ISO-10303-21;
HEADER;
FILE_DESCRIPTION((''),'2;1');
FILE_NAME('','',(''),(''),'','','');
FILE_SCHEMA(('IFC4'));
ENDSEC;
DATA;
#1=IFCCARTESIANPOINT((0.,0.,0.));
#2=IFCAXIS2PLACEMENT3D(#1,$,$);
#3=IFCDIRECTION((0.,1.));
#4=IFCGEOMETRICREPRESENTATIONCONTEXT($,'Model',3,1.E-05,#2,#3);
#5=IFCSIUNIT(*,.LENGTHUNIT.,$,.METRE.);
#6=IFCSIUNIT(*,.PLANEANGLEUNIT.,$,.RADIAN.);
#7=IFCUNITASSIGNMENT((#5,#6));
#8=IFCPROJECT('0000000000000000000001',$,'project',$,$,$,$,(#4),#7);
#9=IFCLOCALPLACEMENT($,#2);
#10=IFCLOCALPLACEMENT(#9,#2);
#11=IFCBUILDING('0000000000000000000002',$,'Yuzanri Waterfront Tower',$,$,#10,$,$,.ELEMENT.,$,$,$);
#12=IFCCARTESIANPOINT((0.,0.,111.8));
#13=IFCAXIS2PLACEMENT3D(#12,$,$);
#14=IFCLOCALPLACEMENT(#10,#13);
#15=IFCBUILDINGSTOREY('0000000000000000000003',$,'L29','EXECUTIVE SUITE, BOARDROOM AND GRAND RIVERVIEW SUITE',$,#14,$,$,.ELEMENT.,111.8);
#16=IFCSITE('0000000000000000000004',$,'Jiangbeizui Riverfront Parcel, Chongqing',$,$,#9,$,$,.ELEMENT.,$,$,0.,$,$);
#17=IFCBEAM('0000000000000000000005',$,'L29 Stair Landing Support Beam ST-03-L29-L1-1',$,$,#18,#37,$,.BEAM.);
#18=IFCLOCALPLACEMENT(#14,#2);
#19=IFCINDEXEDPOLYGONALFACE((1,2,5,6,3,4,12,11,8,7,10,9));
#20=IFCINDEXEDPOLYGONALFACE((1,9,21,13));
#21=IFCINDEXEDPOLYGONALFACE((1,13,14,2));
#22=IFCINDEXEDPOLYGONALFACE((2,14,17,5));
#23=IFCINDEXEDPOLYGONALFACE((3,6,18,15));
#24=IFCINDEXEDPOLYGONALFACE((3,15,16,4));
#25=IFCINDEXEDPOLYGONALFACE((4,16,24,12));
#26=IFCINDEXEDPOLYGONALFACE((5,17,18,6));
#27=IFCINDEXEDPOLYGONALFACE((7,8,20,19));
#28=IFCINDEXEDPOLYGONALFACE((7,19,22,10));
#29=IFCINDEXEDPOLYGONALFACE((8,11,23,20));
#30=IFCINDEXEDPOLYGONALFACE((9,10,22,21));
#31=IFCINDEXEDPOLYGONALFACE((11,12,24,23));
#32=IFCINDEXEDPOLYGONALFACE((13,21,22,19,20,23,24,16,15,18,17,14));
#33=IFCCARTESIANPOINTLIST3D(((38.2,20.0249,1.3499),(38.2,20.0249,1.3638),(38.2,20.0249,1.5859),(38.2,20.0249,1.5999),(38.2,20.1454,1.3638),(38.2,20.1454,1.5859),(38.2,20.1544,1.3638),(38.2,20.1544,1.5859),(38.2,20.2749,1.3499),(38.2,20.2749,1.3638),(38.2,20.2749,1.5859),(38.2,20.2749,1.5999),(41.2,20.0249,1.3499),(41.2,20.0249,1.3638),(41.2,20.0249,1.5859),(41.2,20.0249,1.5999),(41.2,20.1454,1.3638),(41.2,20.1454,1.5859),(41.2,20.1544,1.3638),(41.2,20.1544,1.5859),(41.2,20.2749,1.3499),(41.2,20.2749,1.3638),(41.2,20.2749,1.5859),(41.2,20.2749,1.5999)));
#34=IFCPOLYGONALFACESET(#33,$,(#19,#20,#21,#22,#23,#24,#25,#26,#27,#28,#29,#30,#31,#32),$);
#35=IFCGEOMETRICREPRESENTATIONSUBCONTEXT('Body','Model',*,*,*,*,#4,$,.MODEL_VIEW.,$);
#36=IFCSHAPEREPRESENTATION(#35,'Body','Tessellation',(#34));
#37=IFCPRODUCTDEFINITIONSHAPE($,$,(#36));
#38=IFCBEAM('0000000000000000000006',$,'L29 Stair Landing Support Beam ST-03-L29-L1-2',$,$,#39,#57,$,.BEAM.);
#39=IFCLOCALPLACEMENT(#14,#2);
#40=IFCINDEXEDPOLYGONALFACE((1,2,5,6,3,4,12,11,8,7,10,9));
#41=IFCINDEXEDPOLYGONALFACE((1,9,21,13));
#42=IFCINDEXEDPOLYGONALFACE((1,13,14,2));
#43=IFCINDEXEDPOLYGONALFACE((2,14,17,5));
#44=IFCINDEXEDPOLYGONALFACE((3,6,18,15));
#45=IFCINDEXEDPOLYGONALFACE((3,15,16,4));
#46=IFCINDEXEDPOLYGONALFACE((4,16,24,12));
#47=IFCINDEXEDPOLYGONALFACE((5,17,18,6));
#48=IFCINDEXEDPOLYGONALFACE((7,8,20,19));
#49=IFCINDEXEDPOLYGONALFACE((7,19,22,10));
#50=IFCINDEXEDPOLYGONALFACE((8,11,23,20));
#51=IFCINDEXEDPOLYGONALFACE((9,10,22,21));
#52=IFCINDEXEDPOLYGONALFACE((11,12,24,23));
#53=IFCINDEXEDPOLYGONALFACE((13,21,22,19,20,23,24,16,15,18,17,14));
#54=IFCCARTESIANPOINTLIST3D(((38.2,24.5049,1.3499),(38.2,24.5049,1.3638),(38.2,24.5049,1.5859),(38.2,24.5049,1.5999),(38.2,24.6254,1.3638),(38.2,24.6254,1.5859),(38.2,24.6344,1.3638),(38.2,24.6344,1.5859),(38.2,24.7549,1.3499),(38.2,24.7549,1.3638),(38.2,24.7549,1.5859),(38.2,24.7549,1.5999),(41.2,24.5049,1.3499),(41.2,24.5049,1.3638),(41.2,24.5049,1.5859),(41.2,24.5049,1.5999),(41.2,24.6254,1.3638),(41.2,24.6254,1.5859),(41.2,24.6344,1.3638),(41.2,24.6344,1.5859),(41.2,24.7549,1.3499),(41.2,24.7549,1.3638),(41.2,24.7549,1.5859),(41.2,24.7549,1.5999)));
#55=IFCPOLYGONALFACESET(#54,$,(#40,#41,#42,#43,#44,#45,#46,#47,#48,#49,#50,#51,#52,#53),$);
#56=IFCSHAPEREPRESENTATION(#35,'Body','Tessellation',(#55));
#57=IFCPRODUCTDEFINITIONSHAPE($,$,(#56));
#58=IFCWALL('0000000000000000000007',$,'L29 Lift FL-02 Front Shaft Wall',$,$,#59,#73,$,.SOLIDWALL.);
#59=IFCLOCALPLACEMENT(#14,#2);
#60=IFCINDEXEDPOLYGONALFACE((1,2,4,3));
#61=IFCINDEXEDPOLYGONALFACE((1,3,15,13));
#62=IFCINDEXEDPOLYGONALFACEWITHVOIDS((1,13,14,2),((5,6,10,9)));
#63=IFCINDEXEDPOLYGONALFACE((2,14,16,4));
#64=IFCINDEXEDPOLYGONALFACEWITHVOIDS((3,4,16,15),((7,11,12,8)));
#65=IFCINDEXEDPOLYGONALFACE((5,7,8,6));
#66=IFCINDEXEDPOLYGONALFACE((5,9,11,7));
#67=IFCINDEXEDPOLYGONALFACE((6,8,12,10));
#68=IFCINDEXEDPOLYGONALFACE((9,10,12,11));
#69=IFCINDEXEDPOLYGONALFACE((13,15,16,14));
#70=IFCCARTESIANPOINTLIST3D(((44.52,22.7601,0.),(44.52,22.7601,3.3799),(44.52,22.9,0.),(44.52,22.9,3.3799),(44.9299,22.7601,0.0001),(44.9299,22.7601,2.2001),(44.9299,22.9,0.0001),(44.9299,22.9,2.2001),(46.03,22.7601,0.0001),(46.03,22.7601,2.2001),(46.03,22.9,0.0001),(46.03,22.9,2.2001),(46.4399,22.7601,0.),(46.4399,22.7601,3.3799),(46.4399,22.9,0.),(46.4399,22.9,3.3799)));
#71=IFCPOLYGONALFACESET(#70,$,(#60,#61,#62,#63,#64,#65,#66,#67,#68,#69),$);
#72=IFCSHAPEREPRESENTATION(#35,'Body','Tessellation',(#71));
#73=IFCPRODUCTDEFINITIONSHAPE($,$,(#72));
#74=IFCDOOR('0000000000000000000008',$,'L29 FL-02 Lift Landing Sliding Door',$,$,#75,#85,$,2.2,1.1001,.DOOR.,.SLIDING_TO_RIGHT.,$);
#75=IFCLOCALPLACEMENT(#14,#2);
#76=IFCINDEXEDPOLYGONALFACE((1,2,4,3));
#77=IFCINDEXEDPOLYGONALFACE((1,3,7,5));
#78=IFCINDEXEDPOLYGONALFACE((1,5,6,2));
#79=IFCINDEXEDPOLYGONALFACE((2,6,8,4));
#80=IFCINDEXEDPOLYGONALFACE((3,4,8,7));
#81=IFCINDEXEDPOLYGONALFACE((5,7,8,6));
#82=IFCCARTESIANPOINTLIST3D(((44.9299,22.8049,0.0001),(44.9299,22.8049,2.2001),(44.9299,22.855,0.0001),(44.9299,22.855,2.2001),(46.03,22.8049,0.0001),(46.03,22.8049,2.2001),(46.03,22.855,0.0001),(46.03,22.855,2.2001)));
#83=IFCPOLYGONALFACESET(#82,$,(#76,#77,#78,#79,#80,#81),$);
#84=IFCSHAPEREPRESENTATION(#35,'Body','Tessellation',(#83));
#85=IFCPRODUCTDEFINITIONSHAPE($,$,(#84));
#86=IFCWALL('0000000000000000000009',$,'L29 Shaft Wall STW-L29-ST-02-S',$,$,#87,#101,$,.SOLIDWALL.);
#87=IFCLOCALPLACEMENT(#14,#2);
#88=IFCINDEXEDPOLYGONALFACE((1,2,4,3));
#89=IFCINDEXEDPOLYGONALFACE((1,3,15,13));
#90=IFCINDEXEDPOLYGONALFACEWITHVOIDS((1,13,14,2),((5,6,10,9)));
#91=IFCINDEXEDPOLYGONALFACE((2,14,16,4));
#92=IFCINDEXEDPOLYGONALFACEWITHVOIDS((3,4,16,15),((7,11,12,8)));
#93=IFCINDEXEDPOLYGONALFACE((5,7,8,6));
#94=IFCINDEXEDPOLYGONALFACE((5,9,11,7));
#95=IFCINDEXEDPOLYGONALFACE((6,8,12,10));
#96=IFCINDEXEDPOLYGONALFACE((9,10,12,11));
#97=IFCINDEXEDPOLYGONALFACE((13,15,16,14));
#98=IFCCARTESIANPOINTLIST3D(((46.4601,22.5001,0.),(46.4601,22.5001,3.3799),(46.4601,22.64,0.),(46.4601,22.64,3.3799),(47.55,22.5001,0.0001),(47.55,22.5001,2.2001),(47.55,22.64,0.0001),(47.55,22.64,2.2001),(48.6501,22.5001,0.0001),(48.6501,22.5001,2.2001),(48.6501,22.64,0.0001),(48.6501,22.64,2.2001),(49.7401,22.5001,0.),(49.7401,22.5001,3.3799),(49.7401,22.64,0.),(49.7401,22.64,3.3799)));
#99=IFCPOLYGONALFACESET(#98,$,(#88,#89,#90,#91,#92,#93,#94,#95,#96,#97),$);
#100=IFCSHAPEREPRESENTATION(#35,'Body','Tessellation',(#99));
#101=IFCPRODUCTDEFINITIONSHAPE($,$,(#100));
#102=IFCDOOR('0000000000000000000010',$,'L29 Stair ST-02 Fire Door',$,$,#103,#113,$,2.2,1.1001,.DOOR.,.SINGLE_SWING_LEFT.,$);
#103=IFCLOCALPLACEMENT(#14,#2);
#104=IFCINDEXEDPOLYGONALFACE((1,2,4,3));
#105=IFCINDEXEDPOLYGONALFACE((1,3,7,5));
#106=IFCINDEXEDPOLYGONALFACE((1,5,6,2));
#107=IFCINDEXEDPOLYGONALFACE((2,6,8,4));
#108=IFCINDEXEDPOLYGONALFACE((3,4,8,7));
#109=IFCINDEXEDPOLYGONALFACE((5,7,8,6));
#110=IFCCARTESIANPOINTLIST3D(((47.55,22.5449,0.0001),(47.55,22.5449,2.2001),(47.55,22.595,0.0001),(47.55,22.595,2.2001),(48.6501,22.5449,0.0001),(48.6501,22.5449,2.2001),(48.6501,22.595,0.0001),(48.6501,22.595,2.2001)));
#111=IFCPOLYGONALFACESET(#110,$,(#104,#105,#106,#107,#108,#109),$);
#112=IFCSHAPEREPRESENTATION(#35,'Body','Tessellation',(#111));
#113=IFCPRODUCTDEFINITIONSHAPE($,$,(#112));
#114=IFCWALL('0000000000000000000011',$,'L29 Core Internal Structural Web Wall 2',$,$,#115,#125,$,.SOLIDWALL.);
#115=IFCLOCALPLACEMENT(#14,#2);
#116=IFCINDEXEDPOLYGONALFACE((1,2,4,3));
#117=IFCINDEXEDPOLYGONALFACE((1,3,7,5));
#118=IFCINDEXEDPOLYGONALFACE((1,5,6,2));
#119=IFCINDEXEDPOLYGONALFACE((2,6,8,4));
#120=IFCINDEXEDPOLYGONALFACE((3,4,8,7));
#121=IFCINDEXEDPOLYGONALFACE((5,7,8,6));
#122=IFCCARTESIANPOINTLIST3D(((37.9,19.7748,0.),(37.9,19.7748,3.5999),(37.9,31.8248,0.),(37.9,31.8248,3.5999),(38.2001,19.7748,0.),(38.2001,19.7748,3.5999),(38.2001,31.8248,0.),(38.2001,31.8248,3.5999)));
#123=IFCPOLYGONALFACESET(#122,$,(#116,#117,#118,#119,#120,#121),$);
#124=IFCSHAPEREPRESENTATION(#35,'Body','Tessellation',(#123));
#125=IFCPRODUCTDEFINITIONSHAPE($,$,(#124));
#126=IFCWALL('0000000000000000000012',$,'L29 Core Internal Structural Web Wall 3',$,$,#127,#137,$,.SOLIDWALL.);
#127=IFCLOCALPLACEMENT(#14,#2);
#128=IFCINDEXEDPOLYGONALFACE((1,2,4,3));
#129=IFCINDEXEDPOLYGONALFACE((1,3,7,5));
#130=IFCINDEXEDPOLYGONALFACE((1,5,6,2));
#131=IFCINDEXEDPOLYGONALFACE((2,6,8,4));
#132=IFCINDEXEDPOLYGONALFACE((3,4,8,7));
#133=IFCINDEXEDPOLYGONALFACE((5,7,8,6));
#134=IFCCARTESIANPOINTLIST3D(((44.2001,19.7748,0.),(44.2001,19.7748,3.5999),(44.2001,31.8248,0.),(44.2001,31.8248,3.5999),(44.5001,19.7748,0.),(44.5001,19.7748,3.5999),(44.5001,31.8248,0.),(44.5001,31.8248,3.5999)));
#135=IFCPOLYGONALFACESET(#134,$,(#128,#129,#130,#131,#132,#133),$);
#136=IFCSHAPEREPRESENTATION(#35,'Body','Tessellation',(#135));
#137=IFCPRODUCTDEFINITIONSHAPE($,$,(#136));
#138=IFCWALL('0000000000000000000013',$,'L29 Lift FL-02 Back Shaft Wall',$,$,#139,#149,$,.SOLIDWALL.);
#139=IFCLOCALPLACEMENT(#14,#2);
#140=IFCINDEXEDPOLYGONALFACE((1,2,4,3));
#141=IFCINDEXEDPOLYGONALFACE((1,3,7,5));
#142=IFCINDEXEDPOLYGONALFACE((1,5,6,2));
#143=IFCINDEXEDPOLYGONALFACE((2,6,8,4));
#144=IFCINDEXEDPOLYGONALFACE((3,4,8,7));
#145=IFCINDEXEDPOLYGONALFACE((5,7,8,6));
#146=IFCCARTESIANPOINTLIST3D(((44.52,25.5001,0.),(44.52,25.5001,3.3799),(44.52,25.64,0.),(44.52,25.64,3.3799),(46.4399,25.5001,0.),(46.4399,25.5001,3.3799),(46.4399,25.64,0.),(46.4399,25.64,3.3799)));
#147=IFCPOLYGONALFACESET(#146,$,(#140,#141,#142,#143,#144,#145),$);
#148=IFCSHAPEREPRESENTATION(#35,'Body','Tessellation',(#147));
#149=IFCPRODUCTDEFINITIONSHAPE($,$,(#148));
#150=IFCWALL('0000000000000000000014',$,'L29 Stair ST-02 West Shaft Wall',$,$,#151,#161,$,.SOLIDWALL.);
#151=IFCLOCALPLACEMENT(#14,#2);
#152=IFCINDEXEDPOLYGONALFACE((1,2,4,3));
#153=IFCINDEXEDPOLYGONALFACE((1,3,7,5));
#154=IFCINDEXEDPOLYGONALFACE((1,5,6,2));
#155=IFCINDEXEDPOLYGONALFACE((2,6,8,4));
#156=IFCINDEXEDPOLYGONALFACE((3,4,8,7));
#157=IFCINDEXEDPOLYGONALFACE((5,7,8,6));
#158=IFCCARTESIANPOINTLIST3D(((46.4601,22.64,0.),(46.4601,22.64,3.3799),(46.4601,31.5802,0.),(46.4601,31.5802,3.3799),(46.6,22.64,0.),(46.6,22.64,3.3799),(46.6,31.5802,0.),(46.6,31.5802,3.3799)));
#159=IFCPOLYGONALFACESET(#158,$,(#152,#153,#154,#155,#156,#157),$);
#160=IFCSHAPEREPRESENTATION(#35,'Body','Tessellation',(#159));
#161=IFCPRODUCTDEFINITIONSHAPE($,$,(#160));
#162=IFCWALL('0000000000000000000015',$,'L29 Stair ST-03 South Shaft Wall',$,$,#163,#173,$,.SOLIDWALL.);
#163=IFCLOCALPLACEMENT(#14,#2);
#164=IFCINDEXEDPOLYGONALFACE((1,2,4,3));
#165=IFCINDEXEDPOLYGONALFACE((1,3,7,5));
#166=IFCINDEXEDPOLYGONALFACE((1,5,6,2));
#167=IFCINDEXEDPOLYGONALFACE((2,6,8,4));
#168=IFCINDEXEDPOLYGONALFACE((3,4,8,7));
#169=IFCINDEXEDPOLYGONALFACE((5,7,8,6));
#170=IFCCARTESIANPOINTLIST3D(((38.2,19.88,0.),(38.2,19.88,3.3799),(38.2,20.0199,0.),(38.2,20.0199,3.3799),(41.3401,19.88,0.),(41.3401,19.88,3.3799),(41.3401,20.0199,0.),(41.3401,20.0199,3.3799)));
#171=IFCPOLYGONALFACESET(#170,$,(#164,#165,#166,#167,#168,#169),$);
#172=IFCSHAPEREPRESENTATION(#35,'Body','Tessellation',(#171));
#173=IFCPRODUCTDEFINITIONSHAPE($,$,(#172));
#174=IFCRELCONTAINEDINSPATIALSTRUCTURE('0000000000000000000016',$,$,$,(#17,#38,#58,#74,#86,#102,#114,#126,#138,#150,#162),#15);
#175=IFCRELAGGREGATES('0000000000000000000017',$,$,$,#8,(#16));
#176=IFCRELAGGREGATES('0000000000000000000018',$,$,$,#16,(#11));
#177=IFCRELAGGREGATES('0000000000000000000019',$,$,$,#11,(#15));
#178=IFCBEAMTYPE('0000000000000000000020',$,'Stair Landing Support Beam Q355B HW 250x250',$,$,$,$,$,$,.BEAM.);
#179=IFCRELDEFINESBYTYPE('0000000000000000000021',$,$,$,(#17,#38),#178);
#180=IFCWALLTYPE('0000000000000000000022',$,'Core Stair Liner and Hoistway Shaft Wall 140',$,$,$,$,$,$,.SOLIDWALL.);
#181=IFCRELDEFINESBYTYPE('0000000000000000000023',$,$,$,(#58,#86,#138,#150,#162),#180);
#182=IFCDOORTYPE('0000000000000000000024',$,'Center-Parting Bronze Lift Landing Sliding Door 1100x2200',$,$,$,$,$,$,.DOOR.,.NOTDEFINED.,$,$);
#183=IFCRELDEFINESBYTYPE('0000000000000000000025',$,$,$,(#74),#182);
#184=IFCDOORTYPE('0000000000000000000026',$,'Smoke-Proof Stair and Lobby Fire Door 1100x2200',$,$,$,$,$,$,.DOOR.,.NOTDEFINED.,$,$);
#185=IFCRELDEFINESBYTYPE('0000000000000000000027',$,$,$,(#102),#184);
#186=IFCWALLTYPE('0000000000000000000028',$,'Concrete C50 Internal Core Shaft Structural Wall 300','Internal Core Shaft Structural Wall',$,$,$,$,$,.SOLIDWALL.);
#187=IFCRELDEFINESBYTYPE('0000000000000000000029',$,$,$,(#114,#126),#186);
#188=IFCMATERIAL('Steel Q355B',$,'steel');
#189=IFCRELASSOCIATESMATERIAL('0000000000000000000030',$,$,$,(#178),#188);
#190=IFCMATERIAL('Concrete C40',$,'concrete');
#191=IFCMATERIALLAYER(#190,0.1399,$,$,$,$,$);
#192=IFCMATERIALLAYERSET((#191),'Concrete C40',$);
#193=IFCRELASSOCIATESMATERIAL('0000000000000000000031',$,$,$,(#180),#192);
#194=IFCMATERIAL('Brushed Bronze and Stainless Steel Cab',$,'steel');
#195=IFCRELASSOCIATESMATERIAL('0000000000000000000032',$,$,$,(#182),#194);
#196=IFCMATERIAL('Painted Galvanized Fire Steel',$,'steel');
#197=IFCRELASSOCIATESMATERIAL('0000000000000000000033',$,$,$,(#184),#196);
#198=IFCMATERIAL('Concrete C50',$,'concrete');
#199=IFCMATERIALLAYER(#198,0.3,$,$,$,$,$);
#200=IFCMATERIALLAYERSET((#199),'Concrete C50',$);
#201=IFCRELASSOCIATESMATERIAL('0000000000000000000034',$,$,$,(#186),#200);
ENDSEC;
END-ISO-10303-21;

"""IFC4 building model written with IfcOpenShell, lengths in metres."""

from ifc_helpers import new_model, si_unit, direction, frame, frame_2d, origin, origin_2d, place, context, subcontext, project, spatial, rectangle, i_section, extrude, source, transform, mapped, material, layer, layer_set, material_profile, profile_set, type_object, element, fill, save


model = new_model("IFC4")

# Units and contexts
model_context = context("Model", 3, precision=1e-05, world=origin(), true_north=direction((0.0, 1.0)))
body_context = subcontext(model_context, "Body", "Model", "MODEL_VIEW")
ifc_project = project(units=[si_unit("LENGTHUNIT", "METRE"), si_unit("PLANEANGLEUNIT", "RADIAN")], contexts=[model_context])

# Site, building, storey
site_placement = place(None, origin())
site = spatial("IfcSite", under=ifc_project, at=site_placement, Name="Jiangbeizui Riverfront Parcel, Chongqing", CompositionType="ELEMENT", RefElevation=0.0)
building_placement = place(site_placement, origin())
building = spatial("IfcBuilding", under=site, at=building_placement, Name="Yuzanri Waterfront Tower", CompositionType="ELEMENT")
storey_placement = place(building_placement, frame((0.0, 0.0, 111.8)))
storey = spatial("IfcBuildingStorey", under=building, at=storey_placement, Name="L29", Description="EXECUTIVE SUITE, BOARDROOM AND GRAND RIVERVIEW SUITE", CompositionType="ELEMENT", Elevation=111.8)

# Beams
ifc_material_1 = material(Name="Steel Q355B", Category="steel")
ifc_material_profile = material_profile(ifc_material_1, i_section(OverallWidth=0.25, OverallDepth=0.25, WebThickness=0.009, FlangeThickness=0.0139, at=origin_2d()), Name="HW 250x250x9x14")
ifc_profile_set = profile_set([ifc_material_profile], Name="Steel Q355B")
beam_type = type_object("IfcBeamType", Name="Stair Landing Support Beam Q355B HW 250x250", PredefinedType="BEAM", material=ifc_profile_set)
shared_shape_1 = source(origin(), body_context, "Body", "SweptSolid", [
    extrude(i_section(OverallWidth=0.25, OverallDepth=0.25, WebThickness=0.009, FlangeThickness=0.0139, at=origin_2d()), origin(), (0.0, 0.0, 1.0), 3.0),
])
for number, where, z_axis, x_axis, name in (
    (1, (38.2, 20.1499, 1.4749), (1.0, 0.0, 0.0), (0.0, 1.0, 0.0), "L29 Stair Landing Support Beam ST-03-L29-L1-1"),
    (2, (38.2, 24.6299, 1.4749), (1.0, 0.0, 0.0), (0.0, 1.0, 0.0), "L29 Stair Landing Support Beam ST-03-L29-L1-2"),
):
    element("IfcBeam", number, at=place(storey_placement, frame(where, z_axis=z_axis, x_axis=x_axis)), inside=storey, type_object=beam_type, Name=name, PredefinedType="BEAM", context=body_context, shape_type="MappedRepresentation", body=[
        mapped(shared_shape_1, transform((0.0, 0.0, 0.0), scale=1.0)),
    ])

# Walls, openings, doors
ifc_material_2 = material(Name="Concrete C40", Category="concrete")
ifc_layer_1 = layer(ifc_material_2, 0.1399)
ifc_layer_set_1 = layer_set([ifc_layer_1], Name="Concrete C40")
wall_type_1 = type_object("IfcWallType", Name="Core Stair Liner and Hoistway Shaft Wall 140", PredefinedType="SOLIDWALL", material=ifc_layer_set_1)
wall_1_placement = place(storey_placement, frame((44.52, 22.8301, 0.0), z_axis=(0.0, 0.0, 1.0), x_axis=(1.0, 0.0, 0.0)))
wall_1 = element("IfcWall", 3, at=wall_1_placement, inside=storey, type_object=wall_type_1, Name="L29 Lift FL-02 Front Shaft Wall", PredefinedType="SOLIDWALL", context=body_context, shape_type="SweptSolid", body=[
    extrude(rectangle(XDim=1.9199, YDim=0.1399, at=frame_2d((0.96, 0.0))), origin(), (0.0, 0.0, 1.0), 3.3799),
])
opening_1_placement = place(wall_1_placement, frame((0.4099, 0.0, 0.0)))
opening_1 = element("IfcOpeningElement", 4, at=opening_1_placement, cuts=wall_1, PredefinedType="OPENING", context=body_context, shape_type="SweptSolid", body=[
    extrude(rectangle(XDim=1.1001, YDim=2.2, at=frame_2d((0.55, 1.1001))), frame((0.0, 0.085, 0.0), z_axis=(0.0, -1.0, 0.0), x_axis=(1.0, 0.0, 0.0)), (0.0, 0.0, 1.0), 0.1697),
])
ifc_material_3 = material(Name="Brushed Bronze and Stainless Steel Cab", Category="steel")
door_type_1 = type_object("IfcDoorType", Name="Center-Parting Bronze Lift Landing Sliding Door 1100x2200", OperationType="NOTDEFINED", PredefinedType="DOOR", material=ifc_material_3)
shared_shape_2 = source(origin(), body_context, "Body", "SweptSolid", [
    extrude(rectangle(XDim=1.1001, YDim=2.2, at=frame_2d((0.55, 1.1001))), frame((0.0, 0.0249, 0.0), z_axis=(0.0, -1.0, 0.0), x_axis=(1.0, 0.0, 0.0)), (0.0, 0.0, 1.0), 0.05),
])
door_1_placement = place(opening_1_placement, origin())
door_1 = element("IfcDoor", 5, at=door_1_placement, inside=storey, type_object=door_type_1, Name="L29 FL-02 Lift Landing Sliding Door", OperationType="SLIDING_TO_RIGHT", OverallHeight=2.2, OverallWidth=1.1001, PredefinedType="DOOR", context=body_context, shape_type="MappedRepresentation", body=[
    mapped(shared_shape_2, transform((0.0, 0.0, 0.0), scale=1.0)),
])
fill(opening_1, door_1)
wall_2_placement = place(storey_placement, frame((46.46, 22.5701, 0.0), z_axis=(0.0, 0.0, 1.0), x_axis=(1.0, 0.0, 0.0)))
wall_2 = element("IfcWall", 6, at=wall_2_placement, inside=storey, type_object=wall_type_1, Name="L29 Shaft Wall STW-L29-ST-02-S", PredefinedType="SOLIDWALL", context=body_context, shape_type="SweptSolid", body=[
    extrude(rectangle(XDim=3.28, YDim=0.1399, at=frame_2d((1.6401, 0.0))), origin(), (0.0, 0.0, 1.0), 3.3799),
])
opening_2_placement = place(wall_2_placement, frame((1.0901, 0.0, 0.0)))
opening_2 = element("IfcOpeningElement", 7, at=opening_2_placement, cuts=wall_2, PredefinedType="OPENING", context=body_context, shape_type="SweptSolid", body=[
    extrude(rectangle(XDim=1.1001, YDim=2.2, at=frame_2d((0.55, 1.1001))), frame((0.0, 0.085, 0.0), z_axis=(0.0, -1.0, 0.0), x_axis=(1.0, 0.0, 0.0)), (0.0, 0.0, 1.0), 0.1697),
])
ifc_material_4 = material(Name="Painted Galvanized Fire Steel", Category="steel")
door_type_2 = type_object("IfcDoorType", Name="Smoke-Proof Stair and Lobby Fire Door 1100x2200", OperationType="NOTDEFINED", PredefinedType="DOOR", material=ifc_material_4)
shared_shape_3 = source(origin(), body_context, "Body", "SweptSolid", [
    extrude(rectangle(XDim=1.1001, YDim=2.2, at=frame_2d((0.55, 1.1001))), frame((0.0, 0.0249, 0.0), z_axis=(0.0, -1.0, 0.0), x_axis=(1.0, 0.0, 0.0)), (0.0, 0.0, 1.0), 0.05),
])
door_2_placement = place(opening_2_placement, origin())
door_2 = element("IfcDoor", 8, at=door_2_placement, inside=storey, type_object=door_type_2, Name="L29 Stair ST-02 Fire Door", OperationType="SINGLE_SWING_LEFT", OverallHeight=2.2, OverallWidth=1.1001, PredefinedType="DOOR", context=body_context, shape_type="MappedRepresentation", body=[
    mapped(shared_shape_3, transform((0.0, 0.0, 0.0), scale=1.0)),
])
fill(opening_2, door_2)

# Walls
ifc_material_5 = material(Name="Concrete C50", Category="concrete")
ifc_layer_2 = layer(ifc_material_5, 0.3)
ifc_layer_set_2 = layer_set([ifc_layer_2], Name="Concrete C50")
wall_type_2 = type_object("IfcWallType", Name="Concrete C50 Internal Core Shaft Structural Wall 300", Description="Internal Core Shaft Structural Wall", PredefinedType="SOLIDWALL", material=ifc_layer_set_2)
shared_shape_4 = source(origin(), body_context, "Body", "SweptSolid", [
    extrude(rectangle(XDim=12.05, YDim=0.3, at=frame_2d((6.0249, 0.0))), origin(), (0.0, 0.0, 1.0), 3.5999),
])
for number, where, z_axis, x_axis, name in (
    (9, (38.05, 19.7749, 0.0), (0.0, 0.0, 1.0), (0.0, 1.0, 0.0), "L29 Core Internal Structural Web Wall 2"),
    (10, (44.3501, 19.7749, 0.0), (0.0, 0.0, 1.0), (0.0, 1.0, 0.0), "L29 Core Internal Structural Web Wall 3"),
):
    element("IfcWall", number, at=place(storey_placement, frame(where, z_axis=z_axis, x_axis=x_axis)), inside=storey, type_object=wall_type_2, Name=name, PredefinedType="SOLIDWALL", context=body_context, shape_type="MappedRepresentation", body=[
        mapped(shared_shape_4, transform((0.0, 0.0, 0.0), scale=1.0)),
    ])
shared_shape_5 = source(origin(), body_context, "Body", "SweptSolid", [
    extrude(rectangle(XDim=1.9199, YDim=0.1399, at=frame_2d((0.96, 0.0))), origin(), (0.0, 0.0, 1.0), 3.3799),
])
wall_3_placement = place(storey_placement, frame((44.52, 25.5701, 0.0), z_axis=(0.0, 0.0, 1.0), x_axis=(1.0, 0.0, 0.0)))
element("IfcWall", 11, at=wall_3_placement, inside=storey, type_object=wall_type_1, Name="L29 Lift FL-02 Back Shaft Wall", PredefinedType="SOLIDWALL", context=body_context, shape_type="MappedRepresentation", body=[
    mapped(shared_shape_5, transform((0.0, 0.0, 0.0), scale=1.0)),
])
shared_shape_6 = source(origin(), body_context, "Body", "SweptSolid", [
    extrude(rectangle(XDim=8.9402, YDim=0.1399, at=frame_2d((4.4702, 0.0))), origin(), (0.0, 0.0, 1.0), 3.3799),
])
wall_4_placement = place(storey_placement, frame((46.53, 22.6399, 0.0), z_axis=(0.0, 0.0, 1.0), x_axis=(0.0, 1.0, 0.0)))
element("IfcWall", 12, at=wall_4_placement, inside=storey, type_object=wall_type_1, Name="L29 Stair ST-02 West Shaft Wall", PredefinedType="SOLIDWALL", context=body_context, shape_type="MappedRepresentation", body=[
    mapped(shared_shape_6, transform((0.0, 0.0, 0.0), scale=1.0)),
])
shared_shape_7 = source(origin(), body_context, "Body", "SweptSolid", [
    extrude(rectangle(XDim=3.1401, YDim=0.1399, at=frame_2d((1.5701, 0.0))), origin(), (0.0, 0.0, 1.0), 3.3799),
])
wall_5_placement = place(storey_placement, frame((38.2, 19.95, 0.0), z_axis=(0.0, 0.0, 1.0), x_axis=(1.0, 0.0, 0.0)))
element("IfcWall", 13, at=wall_5_placement, inside=storey, type_object=wall_type_1, Name="L29 Stair ST-03 South Shaft Wall", PredefinedType="SOLIDWALL", context=body_context, shape_type="MappedRepresentation", body=[
    mapped(shared_shape_7, transform((0.0, 0.0, 0.0), scale=1.0)),
])

save(model, "model.ifc")
